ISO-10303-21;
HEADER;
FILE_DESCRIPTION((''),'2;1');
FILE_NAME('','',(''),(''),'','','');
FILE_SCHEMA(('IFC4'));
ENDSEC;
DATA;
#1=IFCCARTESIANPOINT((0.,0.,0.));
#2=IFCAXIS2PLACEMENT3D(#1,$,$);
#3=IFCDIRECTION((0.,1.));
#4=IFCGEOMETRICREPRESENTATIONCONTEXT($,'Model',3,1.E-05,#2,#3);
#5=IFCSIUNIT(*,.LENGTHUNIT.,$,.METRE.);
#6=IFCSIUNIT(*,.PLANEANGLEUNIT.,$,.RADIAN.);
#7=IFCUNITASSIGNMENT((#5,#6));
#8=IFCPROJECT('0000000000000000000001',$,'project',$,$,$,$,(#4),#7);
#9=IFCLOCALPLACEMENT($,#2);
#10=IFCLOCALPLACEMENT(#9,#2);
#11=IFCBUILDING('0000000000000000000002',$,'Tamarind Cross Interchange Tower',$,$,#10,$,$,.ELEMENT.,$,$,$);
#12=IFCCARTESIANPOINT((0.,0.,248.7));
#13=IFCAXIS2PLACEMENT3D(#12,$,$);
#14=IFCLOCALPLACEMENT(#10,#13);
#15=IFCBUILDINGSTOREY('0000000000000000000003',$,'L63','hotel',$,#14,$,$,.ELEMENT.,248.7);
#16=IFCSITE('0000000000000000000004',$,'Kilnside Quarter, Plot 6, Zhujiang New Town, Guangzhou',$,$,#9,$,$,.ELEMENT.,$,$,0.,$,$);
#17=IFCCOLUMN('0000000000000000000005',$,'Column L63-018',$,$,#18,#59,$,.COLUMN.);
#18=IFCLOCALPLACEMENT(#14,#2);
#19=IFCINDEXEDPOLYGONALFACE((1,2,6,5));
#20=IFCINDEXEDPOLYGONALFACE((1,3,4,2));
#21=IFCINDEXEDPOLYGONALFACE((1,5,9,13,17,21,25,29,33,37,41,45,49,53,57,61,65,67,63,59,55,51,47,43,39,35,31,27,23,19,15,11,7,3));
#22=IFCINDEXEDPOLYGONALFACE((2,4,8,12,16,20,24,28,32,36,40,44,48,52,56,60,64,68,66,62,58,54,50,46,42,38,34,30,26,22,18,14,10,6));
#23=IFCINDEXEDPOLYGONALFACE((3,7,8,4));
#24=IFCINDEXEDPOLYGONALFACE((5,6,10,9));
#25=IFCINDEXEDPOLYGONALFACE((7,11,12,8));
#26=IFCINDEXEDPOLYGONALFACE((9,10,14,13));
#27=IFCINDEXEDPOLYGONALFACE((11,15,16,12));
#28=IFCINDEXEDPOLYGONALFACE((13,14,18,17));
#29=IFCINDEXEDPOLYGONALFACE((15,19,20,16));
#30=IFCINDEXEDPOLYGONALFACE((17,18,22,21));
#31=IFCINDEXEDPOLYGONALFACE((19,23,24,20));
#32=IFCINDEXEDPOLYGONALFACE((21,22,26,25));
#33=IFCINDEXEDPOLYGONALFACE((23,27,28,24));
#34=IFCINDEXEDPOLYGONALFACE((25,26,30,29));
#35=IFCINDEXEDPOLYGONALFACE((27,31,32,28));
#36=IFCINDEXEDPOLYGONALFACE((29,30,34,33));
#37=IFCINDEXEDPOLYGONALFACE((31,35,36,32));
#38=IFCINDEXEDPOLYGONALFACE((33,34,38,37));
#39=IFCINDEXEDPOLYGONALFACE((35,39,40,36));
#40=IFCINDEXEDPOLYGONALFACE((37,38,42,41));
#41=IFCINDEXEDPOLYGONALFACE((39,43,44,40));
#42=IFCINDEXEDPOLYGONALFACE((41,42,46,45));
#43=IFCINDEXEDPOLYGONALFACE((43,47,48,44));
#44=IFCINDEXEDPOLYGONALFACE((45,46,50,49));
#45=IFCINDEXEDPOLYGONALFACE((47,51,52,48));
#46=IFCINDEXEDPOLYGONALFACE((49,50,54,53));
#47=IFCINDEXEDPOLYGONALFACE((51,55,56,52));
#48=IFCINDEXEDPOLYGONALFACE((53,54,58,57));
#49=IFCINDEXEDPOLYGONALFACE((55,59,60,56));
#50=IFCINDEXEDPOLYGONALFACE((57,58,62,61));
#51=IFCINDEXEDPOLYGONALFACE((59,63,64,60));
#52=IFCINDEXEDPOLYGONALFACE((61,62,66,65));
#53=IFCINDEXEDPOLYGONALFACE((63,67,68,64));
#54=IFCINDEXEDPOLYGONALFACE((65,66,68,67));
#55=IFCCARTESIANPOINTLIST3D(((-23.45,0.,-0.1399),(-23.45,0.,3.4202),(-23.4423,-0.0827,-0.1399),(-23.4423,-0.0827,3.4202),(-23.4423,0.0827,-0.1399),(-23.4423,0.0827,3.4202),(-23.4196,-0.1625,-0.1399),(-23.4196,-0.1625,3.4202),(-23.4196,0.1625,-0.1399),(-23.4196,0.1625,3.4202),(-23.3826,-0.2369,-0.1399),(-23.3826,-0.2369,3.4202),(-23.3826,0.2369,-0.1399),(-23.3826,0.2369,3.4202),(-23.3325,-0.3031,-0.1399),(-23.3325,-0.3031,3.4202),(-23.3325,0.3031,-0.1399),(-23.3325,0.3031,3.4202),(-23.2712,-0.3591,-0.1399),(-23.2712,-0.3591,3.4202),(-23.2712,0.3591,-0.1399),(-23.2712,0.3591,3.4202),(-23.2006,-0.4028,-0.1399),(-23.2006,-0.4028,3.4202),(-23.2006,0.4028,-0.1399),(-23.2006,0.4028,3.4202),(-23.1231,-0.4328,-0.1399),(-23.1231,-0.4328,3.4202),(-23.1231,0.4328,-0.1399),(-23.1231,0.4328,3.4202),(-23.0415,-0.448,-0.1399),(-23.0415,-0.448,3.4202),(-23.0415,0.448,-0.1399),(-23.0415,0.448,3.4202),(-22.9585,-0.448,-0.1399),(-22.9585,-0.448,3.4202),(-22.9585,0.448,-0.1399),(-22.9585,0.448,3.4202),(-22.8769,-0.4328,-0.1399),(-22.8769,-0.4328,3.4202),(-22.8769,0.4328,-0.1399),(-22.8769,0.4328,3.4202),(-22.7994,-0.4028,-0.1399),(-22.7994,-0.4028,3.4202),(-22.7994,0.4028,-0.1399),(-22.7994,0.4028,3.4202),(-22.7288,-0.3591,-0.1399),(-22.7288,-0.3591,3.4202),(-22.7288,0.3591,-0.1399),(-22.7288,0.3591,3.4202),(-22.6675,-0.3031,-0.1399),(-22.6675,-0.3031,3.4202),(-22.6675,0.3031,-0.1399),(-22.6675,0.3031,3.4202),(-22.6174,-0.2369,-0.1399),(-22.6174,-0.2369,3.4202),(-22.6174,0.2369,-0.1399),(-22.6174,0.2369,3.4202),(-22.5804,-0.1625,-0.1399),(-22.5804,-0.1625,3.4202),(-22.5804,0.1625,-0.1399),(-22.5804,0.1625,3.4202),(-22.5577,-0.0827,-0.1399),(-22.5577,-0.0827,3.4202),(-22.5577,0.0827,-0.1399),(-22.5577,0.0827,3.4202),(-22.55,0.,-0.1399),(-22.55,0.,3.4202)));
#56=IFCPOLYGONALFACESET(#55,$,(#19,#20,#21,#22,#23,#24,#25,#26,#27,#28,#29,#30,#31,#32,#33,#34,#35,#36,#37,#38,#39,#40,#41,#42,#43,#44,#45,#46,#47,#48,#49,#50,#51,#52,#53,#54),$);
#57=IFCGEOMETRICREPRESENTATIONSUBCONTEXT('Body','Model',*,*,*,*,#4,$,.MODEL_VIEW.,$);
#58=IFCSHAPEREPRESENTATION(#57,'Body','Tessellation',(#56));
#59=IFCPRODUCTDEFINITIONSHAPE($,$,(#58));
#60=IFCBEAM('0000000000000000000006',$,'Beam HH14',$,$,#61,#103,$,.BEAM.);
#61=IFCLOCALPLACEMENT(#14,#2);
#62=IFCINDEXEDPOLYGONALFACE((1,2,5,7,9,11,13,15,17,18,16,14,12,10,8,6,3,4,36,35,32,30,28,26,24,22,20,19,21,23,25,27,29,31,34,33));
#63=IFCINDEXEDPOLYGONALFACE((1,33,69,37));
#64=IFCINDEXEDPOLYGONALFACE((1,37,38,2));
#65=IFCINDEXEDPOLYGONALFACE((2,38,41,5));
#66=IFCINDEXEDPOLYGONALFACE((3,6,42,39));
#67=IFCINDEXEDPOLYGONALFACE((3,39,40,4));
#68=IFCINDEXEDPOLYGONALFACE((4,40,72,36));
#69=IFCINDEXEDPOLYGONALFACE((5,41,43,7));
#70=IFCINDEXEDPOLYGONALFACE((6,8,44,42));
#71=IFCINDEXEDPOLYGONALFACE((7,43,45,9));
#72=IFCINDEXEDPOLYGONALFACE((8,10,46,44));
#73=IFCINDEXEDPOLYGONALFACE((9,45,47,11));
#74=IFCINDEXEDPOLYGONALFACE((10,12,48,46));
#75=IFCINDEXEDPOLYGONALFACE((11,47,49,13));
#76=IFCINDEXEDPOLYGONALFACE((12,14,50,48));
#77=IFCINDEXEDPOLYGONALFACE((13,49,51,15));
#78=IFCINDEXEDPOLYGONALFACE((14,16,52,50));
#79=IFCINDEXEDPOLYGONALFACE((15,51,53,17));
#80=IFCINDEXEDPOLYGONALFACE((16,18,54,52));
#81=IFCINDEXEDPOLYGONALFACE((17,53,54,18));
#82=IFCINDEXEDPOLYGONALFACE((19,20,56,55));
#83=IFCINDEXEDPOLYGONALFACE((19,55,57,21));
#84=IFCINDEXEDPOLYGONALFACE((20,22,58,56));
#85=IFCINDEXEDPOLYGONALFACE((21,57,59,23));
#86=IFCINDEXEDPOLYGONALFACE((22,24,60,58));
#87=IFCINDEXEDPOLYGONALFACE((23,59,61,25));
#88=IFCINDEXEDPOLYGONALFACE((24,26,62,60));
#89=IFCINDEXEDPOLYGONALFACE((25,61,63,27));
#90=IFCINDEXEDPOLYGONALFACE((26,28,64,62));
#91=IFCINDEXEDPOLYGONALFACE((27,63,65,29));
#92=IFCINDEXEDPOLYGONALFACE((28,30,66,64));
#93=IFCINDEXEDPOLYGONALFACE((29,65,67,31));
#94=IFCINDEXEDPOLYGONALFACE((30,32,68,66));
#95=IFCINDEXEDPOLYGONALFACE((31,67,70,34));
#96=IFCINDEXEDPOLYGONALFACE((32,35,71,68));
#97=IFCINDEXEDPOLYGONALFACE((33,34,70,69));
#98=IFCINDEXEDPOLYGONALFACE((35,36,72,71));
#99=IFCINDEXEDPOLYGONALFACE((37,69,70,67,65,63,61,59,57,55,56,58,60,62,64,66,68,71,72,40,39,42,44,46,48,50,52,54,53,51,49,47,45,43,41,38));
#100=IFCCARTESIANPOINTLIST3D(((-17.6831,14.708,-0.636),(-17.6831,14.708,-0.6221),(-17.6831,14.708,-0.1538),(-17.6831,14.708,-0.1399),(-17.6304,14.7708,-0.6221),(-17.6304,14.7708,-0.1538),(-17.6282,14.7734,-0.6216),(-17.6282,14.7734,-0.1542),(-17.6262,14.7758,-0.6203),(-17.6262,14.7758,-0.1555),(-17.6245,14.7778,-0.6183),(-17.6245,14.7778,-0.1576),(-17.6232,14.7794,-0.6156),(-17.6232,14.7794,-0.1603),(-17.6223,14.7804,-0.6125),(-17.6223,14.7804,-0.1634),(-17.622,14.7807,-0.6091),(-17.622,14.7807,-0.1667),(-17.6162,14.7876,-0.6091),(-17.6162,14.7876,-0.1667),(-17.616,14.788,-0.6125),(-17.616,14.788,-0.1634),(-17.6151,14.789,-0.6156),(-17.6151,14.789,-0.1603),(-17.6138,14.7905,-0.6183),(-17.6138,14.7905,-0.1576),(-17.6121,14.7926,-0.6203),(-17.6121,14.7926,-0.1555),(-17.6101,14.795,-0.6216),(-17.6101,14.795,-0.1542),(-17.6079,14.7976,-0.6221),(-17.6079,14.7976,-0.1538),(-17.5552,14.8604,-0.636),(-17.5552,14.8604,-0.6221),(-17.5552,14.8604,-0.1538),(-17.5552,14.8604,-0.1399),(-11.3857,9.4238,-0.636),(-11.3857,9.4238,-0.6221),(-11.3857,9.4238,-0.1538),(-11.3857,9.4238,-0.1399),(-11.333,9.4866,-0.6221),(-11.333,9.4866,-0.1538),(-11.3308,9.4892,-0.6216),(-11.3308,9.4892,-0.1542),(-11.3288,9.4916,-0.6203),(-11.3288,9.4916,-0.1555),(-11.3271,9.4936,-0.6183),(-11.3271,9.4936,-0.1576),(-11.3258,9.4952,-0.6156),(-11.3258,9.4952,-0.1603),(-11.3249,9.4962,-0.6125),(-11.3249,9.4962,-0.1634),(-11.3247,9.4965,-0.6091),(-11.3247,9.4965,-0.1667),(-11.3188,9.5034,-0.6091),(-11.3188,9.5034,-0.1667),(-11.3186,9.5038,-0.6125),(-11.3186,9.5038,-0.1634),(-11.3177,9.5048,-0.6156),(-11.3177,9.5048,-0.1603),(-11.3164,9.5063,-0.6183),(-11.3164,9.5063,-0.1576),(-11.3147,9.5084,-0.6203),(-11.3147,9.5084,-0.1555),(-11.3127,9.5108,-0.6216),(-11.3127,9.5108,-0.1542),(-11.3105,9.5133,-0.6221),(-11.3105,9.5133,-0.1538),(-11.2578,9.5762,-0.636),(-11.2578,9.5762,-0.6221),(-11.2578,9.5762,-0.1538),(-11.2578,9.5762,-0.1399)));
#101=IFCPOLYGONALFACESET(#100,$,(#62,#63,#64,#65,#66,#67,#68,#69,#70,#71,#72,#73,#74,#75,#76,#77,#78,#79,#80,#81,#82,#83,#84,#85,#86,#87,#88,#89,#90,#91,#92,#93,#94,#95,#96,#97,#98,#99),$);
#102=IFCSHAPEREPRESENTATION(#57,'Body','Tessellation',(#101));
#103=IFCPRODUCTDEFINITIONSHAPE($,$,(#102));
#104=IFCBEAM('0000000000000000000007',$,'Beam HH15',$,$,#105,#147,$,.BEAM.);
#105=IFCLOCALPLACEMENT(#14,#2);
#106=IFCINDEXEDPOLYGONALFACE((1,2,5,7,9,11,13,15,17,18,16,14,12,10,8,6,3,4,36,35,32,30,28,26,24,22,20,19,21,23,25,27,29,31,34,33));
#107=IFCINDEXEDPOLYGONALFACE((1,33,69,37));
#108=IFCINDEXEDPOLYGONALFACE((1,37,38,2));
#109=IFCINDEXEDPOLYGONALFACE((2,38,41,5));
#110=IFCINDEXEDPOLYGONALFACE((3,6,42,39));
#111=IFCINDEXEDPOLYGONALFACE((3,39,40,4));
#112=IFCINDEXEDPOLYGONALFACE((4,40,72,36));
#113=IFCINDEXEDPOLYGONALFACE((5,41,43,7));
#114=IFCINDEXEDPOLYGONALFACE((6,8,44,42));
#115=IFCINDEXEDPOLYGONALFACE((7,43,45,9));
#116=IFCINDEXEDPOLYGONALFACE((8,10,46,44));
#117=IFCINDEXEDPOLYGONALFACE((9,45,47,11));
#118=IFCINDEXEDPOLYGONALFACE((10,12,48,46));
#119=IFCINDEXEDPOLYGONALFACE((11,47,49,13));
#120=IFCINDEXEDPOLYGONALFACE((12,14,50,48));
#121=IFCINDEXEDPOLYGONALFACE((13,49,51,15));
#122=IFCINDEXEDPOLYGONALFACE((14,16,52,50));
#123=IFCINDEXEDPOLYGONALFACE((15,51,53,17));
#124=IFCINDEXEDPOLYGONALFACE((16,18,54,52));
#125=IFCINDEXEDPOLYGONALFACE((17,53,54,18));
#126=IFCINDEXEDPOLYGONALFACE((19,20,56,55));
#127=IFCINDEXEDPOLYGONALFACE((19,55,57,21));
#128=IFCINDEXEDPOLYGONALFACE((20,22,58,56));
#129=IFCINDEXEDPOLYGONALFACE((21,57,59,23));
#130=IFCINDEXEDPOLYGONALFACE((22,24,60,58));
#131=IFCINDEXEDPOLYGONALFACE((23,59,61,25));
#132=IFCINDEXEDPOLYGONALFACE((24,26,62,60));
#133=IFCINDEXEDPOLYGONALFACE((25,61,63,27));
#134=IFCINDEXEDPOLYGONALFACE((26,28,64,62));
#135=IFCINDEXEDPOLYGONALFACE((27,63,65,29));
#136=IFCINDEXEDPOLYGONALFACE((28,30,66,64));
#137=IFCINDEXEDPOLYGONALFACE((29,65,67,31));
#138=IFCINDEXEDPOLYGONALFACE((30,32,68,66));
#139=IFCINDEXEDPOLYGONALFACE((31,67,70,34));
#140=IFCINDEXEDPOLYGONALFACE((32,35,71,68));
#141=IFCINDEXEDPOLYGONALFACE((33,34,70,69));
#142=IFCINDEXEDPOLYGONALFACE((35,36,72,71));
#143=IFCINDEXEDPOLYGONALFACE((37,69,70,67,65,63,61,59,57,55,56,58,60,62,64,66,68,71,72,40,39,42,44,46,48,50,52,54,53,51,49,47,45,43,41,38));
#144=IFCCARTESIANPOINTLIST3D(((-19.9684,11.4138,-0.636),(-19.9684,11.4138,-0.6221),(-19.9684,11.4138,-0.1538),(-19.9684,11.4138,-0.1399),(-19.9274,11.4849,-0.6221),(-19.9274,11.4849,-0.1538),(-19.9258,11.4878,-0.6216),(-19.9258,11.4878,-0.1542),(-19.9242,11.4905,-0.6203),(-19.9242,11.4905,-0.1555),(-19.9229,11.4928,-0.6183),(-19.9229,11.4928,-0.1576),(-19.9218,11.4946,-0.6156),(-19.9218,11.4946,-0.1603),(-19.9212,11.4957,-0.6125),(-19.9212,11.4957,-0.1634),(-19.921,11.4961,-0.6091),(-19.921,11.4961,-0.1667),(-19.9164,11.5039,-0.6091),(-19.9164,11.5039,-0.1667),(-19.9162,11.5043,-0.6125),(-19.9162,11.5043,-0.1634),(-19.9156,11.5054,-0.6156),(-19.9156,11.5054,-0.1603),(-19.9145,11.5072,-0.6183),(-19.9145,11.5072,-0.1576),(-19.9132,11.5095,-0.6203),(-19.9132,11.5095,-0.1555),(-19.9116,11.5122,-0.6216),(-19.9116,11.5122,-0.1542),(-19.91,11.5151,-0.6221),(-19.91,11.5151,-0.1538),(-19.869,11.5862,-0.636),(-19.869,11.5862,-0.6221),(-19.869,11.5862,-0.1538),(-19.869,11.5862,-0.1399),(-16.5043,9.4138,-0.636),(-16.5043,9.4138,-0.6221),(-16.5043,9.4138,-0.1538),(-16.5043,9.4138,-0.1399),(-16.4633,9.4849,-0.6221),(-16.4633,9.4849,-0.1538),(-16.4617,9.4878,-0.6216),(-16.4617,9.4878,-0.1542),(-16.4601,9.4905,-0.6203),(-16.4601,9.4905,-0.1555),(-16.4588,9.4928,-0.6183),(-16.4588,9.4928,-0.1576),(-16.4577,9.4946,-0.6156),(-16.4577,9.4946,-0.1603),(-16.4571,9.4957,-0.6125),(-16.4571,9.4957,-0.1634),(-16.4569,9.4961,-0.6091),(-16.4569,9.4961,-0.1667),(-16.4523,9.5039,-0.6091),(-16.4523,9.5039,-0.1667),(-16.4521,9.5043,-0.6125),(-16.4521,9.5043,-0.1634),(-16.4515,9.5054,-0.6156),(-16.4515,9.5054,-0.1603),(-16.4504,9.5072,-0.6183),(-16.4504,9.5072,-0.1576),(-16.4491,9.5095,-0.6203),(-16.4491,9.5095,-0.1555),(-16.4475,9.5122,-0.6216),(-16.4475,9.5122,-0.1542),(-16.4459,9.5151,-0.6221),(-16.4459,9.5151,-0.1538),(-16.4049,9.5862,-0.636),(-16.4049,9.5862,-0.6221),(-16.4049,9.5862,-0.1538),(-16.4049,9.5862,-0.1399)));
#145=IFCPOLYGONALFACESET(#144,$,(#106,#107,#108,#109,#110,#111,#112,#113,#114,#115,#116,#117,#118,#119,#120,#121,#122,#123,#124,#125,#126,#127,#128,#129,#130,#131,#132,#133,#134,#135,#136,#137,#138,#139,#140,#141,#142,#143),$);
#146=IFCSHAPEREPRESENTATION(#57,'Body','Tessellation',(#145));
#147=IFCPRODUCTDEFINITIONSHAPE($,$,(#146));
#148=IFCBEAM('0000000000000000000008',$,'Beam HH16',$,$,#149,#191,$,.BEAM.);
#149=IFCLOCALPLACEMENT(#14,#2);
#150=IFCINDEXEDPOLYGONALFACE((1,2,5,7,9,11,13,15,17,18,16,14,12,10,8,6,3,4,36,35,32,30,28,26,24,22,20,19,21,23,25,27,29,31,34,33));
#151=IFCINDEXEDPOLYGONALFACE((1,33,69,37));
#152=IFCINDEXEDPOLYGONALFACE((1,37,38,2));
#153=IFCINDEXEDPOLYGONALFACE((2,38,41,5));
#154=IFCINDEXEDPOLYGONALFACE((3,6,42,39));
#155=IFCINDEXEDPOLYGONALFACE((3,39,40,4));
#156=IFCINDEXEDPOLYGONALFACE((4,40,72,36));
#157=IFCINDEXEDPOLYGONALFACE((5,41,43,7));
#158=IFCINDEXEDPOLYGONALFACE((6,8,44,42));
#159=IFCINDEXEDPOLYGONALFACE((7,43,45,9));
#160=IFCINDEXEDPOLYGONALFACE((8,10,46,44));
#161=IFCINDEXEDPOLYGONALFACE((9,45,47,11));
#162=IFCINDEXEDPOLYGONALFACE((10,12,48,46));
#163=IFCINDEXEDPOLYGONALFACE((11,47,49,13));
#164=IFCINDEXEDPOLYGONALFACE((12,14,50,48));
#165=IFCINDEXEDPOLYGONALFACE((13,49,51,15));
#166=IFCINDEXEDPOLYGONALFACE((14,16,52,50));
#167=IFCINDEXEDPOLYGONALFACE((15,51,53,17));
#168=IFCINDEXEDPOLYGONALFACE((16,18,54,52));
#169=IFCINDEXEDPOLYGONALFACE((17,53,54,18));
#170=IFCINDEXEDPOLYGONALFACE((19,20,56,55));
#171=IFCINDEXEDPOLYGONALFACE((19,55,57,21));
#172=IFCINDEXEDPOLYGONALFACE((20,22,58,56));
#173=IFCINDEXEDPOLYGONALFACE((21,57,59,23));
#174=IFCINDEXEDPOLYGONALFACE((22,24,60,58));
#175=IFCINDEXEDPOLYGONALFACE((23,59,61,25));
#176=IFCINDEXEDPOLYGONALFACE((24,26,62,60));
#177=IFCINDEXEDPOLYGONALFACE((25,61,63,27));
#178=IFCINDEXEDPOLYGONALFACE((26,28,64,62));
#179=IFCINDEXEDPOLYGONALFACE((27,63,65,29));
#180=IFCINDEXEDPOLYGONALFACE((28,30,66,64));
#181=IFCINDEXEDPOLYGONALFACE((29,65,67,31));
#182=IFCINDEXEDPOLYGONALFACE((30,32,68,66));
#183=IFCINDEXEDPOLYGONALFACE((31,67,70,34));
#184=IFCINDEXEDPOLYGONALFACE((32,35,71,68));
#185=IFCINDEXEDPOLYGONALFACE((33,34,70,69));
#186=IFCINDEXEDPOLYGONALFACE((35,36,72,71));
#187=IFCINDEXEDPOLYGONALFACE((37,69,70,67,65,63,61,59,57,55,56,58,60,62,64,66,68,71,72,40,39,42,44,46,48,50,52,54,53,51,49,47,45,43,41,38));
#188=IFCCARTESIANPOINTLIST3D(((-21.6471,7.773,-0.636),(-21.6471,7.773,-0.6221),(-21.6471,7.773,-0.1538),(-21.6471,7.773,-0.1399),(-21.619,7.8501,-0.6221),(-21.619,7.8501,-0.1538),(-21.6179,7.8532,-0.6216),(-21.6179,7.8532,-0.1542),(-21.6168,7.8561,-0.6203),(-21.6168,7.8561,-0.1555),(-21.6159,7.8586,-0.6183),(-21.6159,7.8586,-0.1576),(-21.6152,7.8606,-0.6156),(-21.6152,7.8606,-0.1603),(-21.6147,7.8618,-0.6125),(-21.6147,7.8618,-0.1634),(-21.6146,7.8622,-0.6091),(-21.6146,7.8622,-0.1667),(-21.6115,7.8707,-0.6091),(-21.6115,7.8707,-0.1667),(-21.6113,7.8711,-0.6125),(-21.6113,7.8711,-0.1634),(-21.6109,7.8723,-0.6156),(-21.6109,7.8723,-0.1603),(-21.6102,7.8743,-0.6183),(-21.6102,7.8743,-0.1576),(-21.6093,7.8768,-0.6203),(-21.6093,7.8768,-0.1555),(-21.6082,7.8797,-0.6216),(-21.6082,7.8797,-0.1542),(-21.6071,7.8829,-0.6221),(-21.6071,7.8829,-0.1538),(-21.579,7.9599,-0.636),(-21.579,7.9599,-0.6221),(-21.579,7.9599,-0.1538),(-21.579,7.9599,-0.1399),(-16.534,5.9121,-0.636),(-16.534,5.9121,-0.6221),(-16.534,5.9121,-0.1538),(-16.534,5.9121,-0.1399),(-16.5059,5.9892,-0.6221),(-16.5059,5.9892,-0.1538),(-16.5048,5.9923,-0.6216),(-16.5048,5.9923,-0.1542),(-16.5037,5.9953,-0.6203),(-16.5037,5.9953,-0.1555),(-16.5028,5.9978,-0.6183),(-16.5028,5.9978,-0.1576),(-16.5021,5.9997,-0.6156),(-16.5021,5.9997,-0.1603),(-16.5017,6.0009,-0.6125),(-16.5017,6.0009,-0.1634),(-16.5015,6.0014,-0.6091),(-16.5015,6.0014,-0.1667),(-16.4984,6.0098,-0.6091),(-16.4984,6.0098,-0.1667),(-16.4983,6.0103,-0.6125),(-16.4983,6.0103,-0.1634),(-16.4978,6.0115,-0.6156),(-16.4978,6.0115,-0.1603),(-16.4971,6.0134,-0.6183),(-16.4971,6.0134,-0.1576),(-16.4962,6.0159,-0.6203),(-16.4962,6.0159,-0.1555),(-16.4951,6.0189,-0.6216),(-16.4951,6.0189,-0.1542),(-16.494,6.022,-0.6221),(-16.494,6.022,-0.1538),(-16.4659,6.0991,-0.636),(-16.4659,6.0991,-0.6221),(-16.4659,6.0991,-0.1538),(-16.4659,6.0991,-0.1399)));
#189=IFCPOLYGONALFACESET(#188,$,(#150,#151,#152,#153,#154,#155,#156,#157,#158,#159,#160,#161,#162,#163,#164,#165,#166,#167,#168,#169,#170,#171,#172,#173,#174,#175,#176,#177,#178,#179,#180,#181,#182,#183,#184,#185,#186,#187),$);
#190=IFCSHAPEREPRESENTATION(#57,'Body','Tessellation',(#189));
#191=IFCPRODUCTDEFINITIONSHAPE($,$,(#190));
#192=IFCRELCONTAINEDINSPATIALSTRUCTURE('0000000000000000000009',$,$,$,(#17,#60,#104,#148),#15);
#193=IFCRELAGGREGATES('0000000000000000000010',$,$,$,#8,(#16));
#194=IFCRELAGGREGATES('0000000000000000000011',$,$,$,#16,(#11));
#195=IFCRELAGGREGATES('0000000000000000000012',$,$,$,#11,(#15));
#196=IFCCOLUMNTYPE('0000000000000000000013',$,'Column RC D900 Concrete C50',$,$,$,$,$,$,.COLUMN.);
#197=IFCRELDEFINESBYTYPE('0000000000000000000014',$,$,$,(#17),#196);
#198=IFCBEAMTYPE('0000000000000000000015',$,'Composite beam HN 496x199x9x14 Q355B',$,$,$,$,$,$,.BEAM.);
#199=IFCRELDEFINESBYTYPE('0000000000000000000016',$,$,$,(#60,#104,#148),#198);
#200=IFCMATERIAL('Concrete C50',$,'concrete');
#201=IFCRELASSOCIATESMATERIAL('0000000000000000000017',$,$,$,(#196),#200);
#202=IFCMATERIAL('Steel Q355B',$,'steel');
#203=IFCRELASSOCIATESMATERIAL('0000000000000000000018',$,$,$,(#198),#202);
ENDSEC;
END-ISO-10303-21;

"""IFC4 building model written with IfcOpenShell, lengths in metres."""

from ifc_helpers import new_model, si_unit, direction, frame, origin, origin_2d, place, context, subcontext, project, spatial, circle, i_section, extrude, material, material_profile, profile_set, type_object, element, save


model = new_model("IFC4")

# Units and contexts
model_context = context("Model", 3, precision=1e-05, world=origin(), true_north=direction((0.0, 1.0)))
body_context = subcontext(model_context, "Body", "Model", "MODEL_VIEW")
ifc_project = project(units=[si_unit("LENGTHUNIT", "METRE"), si_unit("PLANEANGLEUNIT", "RADIAN")], contexts=[model_context])

# Site, building, storey
site_placement = place(None, origin())
site = spatial("IfcSite", under=ifc_project, at=site_placement, Name="Kilnside Quarter, Plot 6, Zhujiang New Town, Guangzhou", CompositionType="ELEMENT", RefElevation=0.0)
building_placement = place(site_placement, origin())
building = spatial("IfcBuilding", under=site, at=building_placement, Name="Tamarind Cross Interchange Tower", CompositionType="ELEMENT")
storey_placement = place(building_placement, frame((0.0, 0.0, 248.7)))
storey = spatial("IfcBuildingStorey", under=building, at=storey_placement, Name="L63", Description="hotel", CompositionType="ELEMENT", Elevation=248.7)

# Column
ifc_material_1 = material(Name="Concrete C50", Category="concrete")
ifc_material_profile_1 = material_profile(ifc_material_1, circle(Radius=0.45, at=origin_2d()), Name="RC D900")
ifc_profile_set_1 = profile_set([ifc_material_profile_1], Name="Concrete C50")
column_type = type_object("IfcColumnType", Name="Column RC D900 Concrete C50", PredefinedType="COLUMN", material=ifc_profile_set_1)
for number, where, z_axis, x_axis, name in (
    (1, (-23.0, 0.0, -0.1399), (0.0, 0.0, 1.0), (1.0, 0.0, 0.0), "Column L63-018"),
):
    element("IfcColumn", number, at=place(storey_placement, frame(where, z_axis=z_axis, x_axis=x_axis)), inside=storey, type_object=column_type, Name=name, PredefinedType="COLUMN", context=body_context, shape_type="SweptSolid", body=[
        extrude(circle(Radius=0.45, at=origin_2d()), origin(), (0.0, 0.0, 1.0), 3.5601),
    ])

# Beams
ifc_material_2 = material(Name="Steel Q355B", Category="steel")
ifc_material_profile_2 = material_profile(ifc_material_2, i_section(OverallWidth=0.199, OverallDepth=0.4961, WebThickness=0.009, FlangeThickness=0.0139, FilletRadius=0.0129, at=origin_2d()), Name="HN 496x199x9x14")
ifc_profile_set_2 = profile_set([ifc_material_profile_2], Name="Steel Q355B")
beam_type = type_object("IfcBeamType", Name="Composite beam HN 496x199x9x14 Q355B", PredefinedType="BEAM", material=ifc_profile_set_2)
beam_1_placement = place(storey_placement, frame((-17.6191, 14.7842, -0.3879), z_axis=(0.766041, -0.642792, 0.0), x_axis=(0.642792, 0.766041, 0.0)))
element("IfcBeam", 2, at=beam_1_placement, inside=storey, type_object=beam_type, Name="Beam HH14", PredefinedType="BEAM", context=body_context, shape_type="SweptSolid", body=[
    extrude(i_section(OverallWidth=0.199, OverallDepth=0.4961, WebThickness=0.009, FlangeThickness=0.0139, FilletRadius=0.0129, at=origin_2d()), origin(), (0.0, 0.0, 1.0), 8.2207),
])
beam_2_placement = place(storey_placement, frame((-19.9187, 11.5, -0.3879), z_axis=(0.866026, -0.499999, 0.0), x_axis=(0.499999, 0.866026, 0.0)))
element("IfcBeam", 3, at=beam_2_placement, inside=storey, type_object=beam_type, Name="Beam HH15", PredefinedType="BEAM", context=body_context, shape_type="SweptSolid", body=[
    extrude(i_section(OverallWidth=0.199, OverallDepth=0.4961, WebThickness=0.009, FlangeThickness=0.0139, FilletRadius=0.0129, at=origin_2d()), origin(), (0.0, 0.0, 1.0), 4.0),
])
beam_3_placement = place(storey_placement, frame((-21.613, 7.8665, -0.3879), z_axis=(0.939702, -0.341995, 0.0), x_axis=(0.341995, 0.939702, 0.0)))
element("IfcBeam", 4, at=beam_3_placement, inside=storey, type_object=beam_type, Name="Beam HH16", PredefinedType="BEAM", context=body_context, shape_type="SweptSolid", body=[
    extrude(i_section(OverallWidth=0.199, OverallDepth=0.4961, WebThickness=0.009, FlangeThickness=0.0139, FilletRadius=0.0129, at=origin_2d()), origin(), (0.0, 0.0, 1.0), 5.4412),
])

save(model, "model.ifc")
